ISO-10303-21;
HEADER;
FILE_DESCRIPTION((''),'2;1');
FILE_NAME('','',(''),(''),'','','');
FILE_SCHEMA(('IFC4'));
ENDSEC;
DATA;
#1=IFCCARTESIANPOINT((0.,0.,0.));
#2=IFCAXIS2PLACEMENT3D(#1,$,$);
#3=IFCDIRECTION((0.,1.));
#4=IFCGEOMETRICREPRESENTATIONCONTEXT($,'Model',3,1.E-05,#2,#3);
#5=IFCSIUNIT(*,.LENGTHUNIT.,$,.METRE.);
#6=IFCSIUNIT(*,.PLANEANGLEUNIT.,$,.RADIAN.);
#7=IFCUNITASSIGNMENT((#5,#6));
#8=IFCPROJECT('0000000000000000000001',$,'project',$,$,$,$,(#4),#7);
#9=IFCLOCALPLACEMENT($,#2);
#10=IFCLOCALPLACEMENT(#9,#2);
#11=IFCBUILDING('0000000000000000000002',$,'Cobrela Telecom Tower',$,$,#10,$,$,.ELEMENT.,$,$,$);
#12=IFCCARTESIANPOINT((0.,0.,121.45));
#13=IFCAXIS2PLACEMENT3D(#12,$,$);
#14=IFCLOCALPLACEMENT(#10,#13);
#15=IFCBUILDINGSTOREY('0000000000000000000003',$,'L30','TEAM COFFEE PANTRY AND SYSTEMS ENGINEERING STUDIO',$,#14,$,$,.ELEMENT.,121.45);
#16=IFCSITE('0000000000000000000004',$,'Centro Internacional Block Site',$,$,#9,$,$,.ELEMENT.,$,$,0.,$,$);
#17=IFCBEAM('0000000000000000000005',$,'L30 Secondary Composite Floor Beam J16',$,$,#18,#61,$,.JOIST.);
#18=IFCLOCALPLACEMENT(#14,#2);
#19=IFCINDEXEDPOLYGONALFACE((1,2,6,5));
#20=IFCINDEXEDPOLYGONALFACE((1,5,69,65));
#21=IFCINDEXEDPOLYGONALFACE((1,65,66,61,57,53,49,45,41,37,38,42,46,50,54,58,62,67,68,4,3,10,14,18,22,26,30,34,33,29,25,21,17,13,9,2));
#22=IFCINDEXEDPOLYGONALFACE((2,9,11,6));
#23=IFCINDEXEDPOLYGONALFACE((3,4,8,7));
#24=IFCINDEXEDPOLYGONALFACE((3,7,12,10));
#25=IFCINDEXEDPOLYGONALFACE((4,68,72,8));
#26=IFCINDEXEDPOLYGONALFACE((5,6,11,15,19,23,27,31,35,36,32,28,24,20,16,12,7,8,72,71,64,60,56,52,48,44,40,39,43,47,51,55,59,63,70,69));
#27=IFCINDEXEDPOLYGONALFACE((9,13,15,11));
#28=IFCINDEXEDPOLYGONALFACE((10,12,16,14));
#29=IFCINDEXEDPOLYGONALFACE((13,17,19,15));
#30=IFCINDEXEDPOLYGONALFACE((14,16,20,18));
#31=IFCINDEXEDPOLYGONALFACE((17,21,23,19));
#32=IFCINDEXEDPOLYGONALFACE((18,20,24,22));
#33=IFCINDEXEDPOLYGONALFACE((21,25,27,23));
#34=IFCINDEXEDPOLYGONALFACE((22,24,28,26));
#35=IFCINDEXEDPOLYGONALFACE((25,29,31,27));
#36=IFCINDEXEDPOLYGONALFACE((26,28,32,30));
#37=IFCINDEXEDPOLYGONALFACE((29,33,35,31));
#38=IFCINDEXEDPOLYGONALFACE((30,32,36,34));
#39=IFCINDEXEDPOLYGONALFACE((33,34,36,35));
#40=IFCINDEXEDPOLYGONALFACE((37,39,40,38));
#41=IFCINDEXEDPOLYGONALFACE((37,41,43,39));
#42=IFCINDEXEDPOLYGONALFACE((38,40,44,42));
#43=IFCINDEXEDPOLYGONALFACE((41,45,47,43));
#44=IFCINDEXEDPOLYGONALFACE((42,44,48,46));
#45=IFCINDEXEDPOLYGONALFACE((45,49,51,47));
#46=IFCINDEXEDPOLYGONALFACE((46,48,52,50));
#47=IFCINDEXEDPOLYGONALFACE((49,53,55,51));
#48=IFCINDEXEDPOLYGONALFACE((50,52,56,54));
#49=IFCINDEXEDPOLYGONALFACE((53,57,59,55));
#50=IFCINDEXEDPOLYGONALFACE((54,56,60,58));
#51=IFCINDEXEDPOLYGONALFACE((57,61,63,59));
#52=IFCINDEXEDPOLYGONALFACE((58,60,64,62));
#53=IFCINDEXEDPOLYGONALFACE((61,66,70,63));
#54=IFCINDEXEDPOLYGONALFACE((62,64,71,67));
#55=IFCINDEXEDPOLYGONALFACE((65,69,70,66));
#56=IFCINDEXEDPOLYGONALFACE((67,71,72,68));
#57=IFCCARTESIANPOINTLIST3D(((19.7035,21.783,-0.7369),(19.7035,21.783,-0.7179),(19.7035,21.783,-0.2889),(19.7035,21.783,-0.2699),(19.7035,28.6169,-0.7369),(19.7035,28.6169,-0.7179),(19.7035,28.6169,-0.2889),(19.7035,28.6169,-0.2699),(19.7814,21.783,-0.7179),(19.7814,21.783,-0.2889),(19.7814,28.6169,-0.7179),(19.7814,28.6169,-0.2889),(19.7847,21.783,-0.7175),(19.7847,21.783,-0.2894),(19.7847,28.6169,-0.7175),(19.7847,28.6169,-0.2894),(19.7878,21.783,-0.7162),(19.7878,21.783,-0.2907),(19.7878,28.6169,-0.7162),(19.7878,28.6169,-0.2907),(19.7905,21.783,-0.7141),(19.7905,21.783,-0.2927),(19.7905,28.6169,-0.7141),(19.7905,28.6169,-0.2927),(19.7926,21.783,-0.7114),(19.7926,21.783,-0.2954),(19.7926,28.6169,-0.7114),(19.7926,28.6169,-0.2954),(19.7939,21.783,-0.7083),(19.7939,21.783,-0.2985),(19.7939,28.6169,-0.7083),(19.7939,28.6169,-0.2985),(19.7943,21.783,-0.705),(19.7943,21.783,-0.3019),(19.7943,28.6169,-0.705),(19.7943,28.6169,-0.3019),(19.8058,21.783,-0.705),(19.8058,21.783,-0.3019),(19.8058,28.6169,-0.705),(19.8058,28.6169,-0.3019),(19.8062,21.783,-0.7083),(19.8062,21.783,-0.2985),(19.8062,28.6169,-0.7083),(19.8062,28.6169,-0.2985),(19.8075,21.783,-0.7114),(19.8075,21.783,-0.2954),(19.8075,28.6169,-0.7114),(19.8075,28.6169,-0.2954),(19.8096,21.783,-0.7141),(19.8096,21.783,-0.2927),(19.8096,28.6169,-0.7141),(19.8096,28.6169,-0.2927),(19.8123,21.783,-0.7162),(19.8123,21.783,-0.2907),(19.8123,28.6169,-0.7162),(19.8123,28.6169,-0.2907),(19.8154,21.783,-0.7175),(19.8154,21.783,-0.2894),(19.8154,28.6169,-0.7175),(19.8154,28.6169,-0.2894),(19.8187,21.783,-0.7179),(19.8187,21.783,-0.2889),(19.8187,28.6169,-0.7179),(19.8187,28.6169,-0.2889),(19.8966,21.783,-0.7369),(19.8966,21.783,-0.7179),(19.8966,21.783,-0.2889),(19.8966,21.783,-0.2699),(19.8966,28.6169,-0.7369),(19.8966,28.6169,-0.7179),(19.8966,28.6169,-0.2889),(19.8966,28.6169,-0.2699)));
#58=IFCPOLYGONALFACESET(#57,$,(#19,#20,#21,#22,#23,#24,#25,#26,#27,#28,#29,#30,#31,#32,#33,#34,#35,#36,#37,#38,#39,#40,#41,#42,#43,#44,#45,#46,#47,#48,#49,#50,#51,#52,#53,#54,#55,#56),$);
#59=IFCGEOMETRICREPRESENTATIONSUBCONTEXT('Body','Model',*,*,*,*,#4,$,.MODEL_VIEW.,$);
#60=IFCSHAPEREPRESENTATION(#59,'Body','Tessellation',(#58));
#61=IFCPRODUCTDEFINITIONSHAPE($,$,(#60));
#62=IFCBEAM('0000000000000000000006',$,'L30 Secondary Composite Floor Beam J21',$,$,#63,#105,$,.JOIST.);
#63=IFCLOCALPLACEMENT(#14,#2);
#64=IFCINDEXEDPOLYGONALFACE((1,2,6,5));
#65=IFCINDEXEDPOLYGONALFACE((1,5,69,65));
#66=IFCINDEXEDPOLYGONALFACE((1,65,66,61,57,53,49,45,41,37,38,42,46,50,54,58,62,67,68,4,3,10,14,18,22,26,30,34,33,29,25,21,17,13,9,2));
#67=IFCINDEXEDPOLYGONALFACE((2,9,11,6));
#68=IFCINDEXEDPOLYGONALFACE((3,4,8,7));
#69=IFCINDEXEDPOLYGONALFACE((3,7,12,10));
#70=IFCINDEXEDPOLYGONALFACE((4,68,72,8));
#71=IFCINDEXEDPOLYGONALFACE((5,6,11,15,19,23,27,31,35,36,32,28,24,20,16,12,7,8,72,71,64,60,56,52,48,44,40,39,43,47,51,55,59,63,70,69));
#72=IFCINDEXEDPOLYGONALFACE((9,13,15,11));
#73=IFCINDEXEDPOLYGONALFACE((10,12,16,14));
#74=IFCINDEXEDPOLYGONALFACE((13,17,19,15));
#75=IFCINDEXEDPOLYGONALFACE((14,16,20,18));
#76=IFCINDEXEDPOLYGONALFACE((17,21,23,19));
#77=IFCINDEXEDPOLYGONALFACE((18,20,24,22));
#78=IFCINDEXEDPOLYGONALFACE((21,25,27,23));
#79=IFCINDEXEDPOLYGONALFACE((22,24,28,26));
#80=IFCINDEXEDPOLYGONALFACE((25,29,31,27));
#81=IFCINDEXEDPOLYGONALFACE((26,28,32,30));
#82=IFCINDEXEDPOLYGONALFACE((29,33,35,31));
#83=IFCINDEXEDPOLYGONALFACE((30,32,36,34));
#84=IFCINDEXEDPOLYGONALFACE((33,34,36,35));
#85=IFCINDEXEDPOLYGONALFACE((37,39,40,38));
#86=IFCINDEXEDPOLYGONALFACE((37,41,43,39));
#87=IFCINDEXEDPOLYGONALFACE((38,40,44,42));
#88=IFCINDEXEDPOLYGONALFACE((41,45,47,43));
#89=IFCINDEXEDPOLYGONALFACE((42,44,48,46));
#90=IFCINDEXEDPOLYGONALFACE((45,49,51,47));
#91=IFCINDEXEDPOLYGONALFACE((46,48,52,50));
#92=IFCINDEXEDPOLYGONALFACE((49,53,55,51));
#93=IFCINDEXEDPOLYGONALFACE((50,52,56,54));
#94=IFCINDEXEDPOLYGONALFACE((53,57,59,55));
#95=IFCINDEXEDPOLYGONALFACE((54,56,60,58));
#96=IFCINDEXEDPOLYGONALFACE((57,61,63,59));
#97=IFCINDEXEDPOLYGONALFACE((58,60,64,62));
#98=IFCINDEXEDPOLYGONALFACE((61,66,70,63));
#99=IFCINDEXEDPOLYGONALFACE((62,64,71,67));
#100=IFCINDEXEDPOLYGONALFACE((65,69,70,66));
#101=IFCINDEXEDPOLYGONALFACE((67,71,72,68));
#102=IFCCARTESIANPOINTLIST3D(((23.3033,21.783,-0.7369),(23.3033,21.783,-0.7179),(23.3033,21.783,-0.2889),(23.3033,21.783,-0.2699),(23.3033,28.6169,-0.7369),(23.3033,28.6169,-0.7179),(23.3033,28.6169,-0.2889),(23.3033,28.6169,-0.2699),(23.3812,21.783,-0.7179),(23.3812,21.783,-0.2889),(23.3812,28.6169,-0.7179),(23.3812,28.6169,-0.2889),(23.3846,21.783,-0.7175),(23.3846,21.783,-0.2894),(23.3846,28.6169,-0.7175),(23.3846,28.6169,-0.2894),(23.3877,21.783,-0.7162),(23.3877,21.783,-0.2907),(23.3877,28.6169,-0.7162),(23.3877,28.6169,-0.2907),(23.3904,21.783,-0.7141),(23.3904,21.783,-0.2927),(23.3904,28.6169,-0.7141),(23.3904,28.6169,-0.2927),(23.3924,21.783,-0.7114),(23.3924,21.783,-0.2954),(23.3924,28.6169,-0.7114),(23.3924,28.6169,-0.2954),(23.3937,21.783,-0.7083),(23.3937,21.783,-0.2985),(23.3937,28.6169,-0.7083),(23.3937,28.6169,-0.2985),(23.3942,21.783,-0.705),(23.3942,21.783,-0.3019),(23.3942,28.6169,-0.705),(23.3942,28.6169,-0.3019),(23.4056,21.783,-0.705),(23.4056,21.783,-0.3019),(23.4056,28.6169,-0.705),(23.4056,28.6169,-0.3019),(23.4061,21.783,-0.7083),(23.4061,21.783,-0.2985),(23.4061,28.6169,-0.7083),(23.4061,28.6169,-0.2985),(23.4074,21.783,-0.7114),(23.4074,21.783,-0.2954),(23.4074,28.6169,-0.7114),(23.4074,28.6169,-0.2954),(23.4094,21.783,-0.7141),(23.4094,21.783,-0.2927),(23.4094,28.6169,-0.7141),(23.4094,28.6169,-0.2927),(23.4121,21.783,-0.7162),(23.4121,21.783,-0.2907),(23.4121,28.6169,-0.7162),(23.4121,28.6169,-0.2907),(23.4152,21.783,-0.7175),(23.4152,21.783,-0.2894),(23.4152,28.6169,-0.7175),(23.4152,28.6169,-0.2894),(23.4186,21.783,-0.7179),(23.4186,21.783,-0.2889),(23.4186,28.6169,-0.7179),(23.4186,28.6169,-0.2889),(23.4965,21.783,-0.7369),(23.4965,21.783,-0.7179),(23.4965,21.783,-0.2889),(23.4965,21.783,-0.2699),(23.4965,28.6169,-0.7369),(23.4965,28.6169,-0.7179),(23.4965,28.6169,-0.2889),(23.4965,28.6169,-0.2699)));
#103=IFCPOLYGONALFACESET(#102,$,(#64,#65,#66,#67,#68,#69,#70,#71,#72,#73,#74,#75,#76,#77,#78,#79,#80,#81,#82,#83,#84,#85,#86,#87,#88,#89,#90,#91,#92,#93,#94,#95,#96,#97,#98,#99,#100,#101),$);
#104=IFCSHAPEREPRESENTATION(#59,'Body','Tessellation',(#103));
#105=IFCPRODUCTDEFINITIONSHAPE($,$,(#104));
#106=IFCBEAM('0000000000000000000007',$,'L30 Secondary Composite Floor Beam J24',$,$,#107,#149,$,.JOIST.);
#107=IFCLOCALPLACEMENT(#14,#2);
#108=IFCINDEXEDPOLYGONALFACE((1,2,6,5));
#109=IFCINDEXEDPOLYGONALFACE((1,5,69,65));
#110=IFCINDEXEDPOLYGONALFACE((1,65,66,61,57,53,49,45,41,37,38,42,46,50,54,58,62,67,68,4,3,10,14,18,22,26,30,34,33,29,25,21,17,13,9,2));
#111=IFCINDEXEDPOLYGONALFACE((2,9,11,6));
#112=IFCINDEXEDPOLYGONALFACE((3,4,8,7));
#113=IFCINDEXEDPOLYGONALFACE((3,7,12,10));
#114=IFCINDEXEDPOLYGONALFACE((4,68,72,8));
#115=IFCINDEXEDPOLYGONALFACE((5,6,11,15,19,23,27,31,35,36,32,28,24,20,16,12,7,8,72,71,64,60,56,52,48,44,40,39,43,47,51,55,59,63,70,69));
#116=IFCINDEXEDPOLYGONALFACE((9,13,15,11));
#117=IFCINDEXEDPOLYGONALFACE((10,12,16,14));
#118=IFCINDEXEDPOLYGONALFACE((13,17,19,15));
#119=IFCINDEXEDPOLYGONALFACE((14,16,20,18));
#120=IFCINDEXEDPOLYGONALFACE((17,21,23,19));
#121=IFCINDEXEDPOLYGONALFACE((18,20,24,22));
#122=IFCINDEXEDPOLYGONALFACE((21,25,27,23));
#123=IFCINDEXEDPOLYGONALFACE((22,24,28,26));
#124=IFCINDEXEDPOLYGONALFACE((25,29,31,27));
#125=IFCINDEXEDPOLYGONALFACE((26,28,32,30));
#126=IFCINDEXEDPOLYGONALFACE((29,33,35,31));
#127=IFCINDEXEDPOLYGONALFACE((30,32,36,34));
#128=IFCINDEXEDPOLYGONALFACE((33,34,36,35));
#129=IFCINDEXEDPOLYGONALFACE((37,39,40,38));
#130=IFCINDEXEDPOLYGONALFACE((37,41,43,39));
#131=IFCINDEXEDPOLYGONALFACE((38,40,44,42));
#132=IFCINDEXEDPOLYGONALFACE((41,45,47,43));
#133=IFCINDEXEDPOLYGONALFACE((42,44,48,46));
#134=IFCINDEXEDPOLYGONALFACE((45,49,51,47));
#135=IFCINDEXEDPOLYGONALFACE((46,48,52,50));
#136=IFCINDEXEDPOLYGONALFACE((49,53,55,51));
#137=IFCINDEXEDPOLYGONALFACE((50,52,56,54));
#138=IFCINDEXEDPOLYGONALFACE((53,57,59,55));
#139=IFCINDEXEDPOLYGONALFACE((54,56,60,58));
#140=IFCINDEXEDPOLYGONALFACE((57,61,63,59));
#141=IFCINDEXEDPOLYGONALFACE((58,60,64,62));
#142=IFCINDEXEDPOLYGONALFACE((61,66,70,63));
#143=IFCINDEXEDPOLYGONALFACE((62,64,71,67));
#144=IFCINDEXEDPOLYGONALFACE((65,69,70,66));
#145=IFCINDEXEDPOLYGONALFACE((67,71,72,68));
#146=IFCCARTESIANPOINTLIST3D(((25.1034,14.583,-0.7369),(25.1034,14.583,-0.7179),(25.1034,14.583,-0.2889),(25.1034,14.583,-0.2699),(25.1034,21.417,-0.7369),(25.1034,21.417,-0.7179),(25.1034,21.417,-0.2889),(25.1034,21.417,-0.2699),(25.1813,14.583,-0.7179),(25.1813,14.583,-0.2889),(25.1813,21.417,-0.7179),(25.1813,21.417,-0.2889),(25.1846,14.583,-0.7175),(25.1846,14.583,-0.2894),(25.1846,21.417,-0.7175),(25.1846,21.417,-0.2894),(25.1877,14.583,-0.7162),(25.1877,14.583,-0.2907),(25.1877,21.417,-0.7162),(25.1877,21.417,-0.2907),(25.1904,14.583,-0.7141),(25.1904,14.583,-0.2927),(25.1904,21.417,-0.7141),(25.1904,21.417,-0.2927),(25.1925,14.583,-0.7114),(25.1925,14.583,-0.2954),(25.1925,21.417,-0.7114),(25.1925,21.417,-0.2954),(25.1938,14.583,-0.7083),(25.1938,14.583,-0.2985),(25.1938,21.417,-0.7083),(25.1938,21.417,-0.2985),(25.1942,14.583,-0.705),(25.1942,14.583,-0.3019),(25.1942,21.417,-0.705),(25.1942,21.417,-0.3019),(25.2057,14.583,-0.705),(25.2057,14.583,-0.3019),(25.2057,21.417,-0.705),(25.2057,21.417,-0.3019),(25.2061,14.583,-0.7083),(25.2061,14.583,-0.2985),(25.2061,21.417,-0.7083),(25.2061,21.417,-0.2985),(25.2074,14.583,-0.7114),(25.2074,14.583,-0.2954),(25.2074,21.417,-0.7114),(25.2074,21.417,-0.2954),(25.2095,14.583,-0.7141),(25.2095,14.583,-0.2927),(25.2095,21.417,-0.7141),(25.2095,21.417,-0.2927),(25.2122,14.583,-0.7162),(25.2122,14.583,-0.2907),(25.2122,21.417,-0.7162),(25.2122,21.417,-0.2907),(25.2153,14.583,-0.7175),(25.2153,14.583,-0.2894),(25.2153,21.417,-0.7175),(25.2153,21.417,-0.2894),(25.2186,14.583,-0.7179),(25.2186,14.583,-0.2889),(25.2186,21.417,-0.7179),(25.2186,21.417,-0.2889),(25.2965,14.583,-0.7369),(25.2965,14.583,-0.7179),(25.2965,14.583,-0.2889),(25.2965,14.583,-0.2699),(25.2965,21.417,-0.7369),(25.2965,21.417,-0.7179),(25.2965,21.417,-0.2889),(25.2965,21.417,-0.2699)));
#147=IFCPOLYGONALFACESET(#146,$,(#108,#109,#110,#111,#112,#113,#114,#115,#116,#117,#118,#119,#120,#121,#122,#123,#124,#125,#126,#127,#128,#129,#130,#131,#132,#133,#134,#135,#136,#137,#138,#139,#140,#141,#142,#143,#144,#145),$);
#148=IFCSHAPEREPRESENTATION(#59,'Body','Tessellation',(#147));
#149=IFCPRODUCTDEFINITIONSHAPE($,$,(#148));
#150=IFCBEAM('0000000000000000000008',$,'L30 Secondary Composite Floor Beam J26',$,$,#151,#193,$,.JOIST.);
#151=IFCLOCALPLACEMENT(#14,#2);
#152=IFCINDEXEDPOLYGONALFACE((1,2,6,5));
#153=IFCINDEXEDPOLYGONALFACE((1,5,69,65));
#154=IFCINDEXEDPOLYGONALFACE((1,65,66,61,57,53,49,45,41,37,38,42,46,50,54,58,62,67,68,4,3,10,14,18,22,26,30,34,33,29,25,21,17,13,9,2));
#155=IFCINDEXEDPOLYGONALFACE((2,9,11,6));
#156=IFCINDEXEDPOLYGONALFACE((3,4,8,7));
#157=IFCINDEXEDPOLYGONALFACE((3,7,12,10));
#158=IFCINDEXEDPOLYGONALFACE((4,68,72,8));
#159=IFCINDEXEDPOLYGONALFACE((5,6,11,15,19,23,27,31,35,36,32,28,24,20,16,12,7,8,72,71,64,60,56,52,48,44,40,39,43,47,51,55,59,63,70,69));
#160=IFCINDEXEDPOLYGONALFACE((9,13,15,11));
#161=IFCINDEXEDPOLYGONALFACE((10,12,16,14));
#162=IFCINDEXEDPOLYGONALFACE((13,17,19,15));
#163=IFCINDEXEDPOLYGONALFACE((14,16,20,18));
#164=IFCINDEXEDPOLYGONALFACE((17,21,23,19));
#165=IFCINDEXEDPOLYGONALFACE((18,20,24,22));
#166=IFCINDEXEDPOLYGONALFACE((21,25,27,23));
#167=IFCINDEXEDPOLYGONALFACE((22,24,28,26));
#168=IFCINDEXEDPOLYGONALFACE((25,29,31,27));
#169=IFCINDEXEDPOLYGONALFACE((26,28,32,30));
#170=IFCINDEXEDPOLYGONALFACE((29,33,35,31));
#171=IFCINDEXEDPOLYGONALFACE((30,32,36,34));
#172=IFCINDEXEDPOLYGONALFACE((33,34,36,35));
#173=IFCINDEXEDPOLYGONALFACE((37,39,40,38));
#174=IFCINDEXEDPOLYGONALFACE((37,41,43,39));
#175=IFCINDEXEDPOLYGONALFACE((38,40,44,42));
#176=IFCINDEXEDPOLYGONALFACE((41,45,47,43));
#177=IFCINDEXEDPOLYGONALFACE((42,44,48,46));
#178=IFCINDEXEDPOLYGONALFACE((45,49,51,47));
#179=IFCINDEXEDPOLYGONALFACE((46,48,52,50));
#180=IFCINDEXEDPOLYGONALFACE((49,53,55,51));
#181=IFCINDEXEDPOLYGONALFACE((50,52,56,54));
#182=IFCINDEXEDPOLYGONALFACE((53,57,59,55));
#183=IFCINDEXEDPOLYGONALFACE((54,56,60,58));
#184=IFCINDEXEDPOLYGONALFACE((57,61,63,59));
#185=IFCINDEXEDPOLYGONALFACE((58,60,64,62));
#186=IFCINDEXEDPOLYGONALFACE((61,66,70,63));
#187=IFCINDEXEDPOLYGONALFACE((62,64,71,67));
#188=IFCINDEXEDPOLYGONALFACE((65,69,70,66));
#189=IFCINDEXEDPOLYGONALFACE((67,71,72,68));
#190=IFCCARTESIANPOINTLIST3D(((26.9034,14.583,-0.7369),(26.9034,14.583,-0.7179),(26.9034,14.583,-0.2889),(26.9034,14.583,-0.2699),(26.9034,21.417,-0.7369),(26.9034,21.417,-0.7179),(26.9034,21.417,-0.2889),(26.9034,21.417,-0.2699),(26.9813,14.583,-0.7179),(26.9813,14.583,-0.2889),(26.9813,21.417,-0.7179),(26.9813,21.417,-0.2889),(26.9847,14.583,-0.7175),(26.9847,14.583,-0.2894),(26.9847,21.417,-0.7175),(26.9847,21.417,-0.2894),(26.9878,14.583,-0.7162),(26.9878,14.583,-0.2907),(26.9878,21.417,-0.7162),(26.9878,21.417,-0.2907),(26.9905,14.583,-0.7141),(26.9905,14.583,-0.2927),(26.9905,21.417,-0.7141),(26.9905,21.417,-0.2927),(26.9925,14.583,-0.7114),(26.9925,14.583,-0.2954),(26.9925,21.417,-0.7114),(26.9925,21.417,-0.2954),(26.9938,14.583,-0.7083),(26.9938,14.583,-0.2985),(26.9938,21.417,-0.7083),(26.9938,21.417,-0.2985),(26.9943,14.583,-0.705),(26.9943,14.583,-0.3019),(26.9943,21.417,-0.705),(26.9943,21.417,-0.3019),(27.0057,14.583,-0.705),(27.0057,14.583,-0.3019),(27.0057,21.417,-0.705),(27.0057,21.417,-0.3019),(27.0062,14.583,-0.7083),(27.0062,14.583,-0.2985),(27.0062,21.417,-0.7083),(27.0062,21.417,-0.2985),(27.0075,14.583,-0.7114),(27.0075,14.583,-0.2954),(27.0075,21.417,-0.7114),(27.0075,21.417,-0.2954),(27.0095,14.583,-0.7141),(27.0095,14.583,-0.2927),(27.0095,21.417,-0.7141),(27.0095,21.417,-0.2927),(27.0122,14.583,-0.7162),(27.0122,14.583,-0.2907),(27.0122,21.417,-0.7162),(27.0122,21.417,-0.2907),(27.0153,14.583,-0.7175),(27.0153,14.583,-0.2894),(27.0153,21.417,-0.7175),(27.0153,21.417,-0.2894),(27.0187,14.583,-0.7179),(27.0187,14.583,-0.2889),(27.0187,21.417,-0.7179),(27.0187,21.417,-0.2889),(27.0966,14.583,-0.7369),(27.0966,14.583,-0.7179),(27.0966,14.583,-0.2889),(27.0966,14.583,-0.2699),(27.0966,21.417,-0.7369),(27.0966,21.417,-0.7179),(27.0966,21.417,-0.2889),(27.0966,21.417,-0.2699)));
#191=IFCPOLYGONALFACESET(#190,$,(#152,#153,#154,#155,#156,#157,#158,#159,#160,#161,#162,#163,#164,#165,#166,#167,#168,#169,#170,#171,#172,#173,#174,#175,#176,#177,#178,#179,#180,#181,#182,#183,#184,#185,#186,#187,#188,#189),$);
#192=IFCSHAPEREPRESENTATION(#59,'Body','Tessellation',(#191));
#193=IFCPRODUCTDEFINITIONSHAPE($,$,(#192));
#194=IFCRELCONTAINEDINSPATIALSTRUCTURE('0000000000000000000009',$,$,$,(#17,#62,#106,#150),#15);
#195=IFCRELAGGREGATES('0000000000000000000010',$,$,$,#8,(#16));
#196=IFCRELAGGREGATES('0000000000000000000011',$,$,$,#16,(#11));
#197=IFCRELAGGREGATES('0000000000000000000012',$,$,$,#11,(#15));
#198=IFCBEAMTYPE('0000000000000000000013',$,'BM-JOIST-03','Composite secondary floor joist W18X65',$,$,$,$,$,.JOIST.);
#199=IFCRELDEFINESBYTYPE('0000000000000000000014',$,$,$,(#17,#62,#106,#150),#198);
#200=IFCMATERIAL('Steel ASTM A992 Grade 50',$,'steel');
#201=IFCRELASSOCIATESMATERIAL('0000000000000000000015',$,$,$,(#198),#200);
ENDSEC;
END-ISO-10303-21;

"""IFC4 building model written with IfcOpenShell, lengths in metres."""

from ifc_helpers import new_model, si_unit, direction, frame, origin, origin_2d, place, context, subcontext, project, spatial, i_section, extrude, material, material_profile, profile_set, type_object, element, save


model = new_model("IFC4")

# Units and contexts
model_context = context("Model", 3, precision=1e-05, world=origin(), true_north=direction((0.0, 1.0)))
body_context = subcontext(model_context, "Body", "Model", "MODEL_VIEW")
ifc_project = project(units=[si_unit("LENGTHUNIT", "METRE"), si_unit("PLANEANGLEUNIT", "RADIAN")], contexts=[model_context])

# Site, building, storey
site_placement = place(None, origin())
site = spatial("IfcSite", under=ifc_project, at=site_placement, Name="Centro Internacional Block Site", CompositionType="ELEMENT", RefElevation=0.0)
building_placement = place(site_placement, origin())
building = spatial("IfcBuilding", under=site, at=building_placement, Name="Cobrela Telecom Tower", CompositionType="ELEMENT")
storey_placement = place(building_placement, frame((0.0, 0.0, 121.45)))
storey = spatial("IfcBuildingStorey", under=building, at=storey_placement, Name="L30", Description="TEAM COFFEE PANTRY AND SYSTEMS ENGINEERING STUDIO", CompositionType="ELEMENT", Elevation=121.45)

# Shared definitions
ifc_material_1 = material(Name="Steel ASTM A992 Grade 50", Category="steel")

# Beams
ifc_material_profile_1 = material_profile(ifc_material_1, i_section(OverallWidth=0.1931, OverallDepth=0.467, WebThickness=0.0115, FlangeThickness=0.019, FilletRadius=0.0129, at=origin_2d()), Name="W18X65")
ifc_profile_set_1 = profile_set([ifc_material_profile_1], Name="Steel ASTM A992 Grade 50")
beam_type_1 = type_object("IfcBeamType", Name="BM-JOIST-03", Description="Composite secondary floor joist W18X65", PredefinedType="JOIST", material=ifc_profile_set_1)
for number, where, z_axis, x_axis, name in (
    (1, (19.8, 21.783, -0.5034), (0.0, 1.0, 0.0), (-1.0, 0.0, 0.0), "L30 Secondary Composite Floor Beam J16"),
    (2, (23.3999, 21.783, -0.5034), (0.0, 1.0, 0.0), (-1.0, 0.0, 0.0), "L30 Secondary Composite Floor Beam J21"),
    (3, (25.2, 14.583, -0.5034), (0.0, 1.0, 0.0), (-1.0, 0.0, 0.0), "L30 Secondary Composite Floor Beam J24"),
    (4, (27.0, 14.583, -0.5034), (0.0, 1.0, 0.0), (-1.0, 0.0, 0.0), "L30 Secondary Composite Floor Beam J26"),
):
    element("IfcBeam", number, at=place(storey_placement, frame(where, z_axis=z_axis, x_axis=x_axis)), inside=storey, type_object=beam_type_1, Name=name, PredefinedType="JOIST", context=body_context, shape_type="SweptSolid", body=[
        extrude(i_section(OverallWidth=0.1931, OverallDepth=0.467, WebThickness=0.0115, FlangeThickness=0.019, FilletRadius=0.0129, at=origin_2d()), origin(), (0.0, 0.0, 1.0), 6.834),
    ])

save(model, "model.ifc")
